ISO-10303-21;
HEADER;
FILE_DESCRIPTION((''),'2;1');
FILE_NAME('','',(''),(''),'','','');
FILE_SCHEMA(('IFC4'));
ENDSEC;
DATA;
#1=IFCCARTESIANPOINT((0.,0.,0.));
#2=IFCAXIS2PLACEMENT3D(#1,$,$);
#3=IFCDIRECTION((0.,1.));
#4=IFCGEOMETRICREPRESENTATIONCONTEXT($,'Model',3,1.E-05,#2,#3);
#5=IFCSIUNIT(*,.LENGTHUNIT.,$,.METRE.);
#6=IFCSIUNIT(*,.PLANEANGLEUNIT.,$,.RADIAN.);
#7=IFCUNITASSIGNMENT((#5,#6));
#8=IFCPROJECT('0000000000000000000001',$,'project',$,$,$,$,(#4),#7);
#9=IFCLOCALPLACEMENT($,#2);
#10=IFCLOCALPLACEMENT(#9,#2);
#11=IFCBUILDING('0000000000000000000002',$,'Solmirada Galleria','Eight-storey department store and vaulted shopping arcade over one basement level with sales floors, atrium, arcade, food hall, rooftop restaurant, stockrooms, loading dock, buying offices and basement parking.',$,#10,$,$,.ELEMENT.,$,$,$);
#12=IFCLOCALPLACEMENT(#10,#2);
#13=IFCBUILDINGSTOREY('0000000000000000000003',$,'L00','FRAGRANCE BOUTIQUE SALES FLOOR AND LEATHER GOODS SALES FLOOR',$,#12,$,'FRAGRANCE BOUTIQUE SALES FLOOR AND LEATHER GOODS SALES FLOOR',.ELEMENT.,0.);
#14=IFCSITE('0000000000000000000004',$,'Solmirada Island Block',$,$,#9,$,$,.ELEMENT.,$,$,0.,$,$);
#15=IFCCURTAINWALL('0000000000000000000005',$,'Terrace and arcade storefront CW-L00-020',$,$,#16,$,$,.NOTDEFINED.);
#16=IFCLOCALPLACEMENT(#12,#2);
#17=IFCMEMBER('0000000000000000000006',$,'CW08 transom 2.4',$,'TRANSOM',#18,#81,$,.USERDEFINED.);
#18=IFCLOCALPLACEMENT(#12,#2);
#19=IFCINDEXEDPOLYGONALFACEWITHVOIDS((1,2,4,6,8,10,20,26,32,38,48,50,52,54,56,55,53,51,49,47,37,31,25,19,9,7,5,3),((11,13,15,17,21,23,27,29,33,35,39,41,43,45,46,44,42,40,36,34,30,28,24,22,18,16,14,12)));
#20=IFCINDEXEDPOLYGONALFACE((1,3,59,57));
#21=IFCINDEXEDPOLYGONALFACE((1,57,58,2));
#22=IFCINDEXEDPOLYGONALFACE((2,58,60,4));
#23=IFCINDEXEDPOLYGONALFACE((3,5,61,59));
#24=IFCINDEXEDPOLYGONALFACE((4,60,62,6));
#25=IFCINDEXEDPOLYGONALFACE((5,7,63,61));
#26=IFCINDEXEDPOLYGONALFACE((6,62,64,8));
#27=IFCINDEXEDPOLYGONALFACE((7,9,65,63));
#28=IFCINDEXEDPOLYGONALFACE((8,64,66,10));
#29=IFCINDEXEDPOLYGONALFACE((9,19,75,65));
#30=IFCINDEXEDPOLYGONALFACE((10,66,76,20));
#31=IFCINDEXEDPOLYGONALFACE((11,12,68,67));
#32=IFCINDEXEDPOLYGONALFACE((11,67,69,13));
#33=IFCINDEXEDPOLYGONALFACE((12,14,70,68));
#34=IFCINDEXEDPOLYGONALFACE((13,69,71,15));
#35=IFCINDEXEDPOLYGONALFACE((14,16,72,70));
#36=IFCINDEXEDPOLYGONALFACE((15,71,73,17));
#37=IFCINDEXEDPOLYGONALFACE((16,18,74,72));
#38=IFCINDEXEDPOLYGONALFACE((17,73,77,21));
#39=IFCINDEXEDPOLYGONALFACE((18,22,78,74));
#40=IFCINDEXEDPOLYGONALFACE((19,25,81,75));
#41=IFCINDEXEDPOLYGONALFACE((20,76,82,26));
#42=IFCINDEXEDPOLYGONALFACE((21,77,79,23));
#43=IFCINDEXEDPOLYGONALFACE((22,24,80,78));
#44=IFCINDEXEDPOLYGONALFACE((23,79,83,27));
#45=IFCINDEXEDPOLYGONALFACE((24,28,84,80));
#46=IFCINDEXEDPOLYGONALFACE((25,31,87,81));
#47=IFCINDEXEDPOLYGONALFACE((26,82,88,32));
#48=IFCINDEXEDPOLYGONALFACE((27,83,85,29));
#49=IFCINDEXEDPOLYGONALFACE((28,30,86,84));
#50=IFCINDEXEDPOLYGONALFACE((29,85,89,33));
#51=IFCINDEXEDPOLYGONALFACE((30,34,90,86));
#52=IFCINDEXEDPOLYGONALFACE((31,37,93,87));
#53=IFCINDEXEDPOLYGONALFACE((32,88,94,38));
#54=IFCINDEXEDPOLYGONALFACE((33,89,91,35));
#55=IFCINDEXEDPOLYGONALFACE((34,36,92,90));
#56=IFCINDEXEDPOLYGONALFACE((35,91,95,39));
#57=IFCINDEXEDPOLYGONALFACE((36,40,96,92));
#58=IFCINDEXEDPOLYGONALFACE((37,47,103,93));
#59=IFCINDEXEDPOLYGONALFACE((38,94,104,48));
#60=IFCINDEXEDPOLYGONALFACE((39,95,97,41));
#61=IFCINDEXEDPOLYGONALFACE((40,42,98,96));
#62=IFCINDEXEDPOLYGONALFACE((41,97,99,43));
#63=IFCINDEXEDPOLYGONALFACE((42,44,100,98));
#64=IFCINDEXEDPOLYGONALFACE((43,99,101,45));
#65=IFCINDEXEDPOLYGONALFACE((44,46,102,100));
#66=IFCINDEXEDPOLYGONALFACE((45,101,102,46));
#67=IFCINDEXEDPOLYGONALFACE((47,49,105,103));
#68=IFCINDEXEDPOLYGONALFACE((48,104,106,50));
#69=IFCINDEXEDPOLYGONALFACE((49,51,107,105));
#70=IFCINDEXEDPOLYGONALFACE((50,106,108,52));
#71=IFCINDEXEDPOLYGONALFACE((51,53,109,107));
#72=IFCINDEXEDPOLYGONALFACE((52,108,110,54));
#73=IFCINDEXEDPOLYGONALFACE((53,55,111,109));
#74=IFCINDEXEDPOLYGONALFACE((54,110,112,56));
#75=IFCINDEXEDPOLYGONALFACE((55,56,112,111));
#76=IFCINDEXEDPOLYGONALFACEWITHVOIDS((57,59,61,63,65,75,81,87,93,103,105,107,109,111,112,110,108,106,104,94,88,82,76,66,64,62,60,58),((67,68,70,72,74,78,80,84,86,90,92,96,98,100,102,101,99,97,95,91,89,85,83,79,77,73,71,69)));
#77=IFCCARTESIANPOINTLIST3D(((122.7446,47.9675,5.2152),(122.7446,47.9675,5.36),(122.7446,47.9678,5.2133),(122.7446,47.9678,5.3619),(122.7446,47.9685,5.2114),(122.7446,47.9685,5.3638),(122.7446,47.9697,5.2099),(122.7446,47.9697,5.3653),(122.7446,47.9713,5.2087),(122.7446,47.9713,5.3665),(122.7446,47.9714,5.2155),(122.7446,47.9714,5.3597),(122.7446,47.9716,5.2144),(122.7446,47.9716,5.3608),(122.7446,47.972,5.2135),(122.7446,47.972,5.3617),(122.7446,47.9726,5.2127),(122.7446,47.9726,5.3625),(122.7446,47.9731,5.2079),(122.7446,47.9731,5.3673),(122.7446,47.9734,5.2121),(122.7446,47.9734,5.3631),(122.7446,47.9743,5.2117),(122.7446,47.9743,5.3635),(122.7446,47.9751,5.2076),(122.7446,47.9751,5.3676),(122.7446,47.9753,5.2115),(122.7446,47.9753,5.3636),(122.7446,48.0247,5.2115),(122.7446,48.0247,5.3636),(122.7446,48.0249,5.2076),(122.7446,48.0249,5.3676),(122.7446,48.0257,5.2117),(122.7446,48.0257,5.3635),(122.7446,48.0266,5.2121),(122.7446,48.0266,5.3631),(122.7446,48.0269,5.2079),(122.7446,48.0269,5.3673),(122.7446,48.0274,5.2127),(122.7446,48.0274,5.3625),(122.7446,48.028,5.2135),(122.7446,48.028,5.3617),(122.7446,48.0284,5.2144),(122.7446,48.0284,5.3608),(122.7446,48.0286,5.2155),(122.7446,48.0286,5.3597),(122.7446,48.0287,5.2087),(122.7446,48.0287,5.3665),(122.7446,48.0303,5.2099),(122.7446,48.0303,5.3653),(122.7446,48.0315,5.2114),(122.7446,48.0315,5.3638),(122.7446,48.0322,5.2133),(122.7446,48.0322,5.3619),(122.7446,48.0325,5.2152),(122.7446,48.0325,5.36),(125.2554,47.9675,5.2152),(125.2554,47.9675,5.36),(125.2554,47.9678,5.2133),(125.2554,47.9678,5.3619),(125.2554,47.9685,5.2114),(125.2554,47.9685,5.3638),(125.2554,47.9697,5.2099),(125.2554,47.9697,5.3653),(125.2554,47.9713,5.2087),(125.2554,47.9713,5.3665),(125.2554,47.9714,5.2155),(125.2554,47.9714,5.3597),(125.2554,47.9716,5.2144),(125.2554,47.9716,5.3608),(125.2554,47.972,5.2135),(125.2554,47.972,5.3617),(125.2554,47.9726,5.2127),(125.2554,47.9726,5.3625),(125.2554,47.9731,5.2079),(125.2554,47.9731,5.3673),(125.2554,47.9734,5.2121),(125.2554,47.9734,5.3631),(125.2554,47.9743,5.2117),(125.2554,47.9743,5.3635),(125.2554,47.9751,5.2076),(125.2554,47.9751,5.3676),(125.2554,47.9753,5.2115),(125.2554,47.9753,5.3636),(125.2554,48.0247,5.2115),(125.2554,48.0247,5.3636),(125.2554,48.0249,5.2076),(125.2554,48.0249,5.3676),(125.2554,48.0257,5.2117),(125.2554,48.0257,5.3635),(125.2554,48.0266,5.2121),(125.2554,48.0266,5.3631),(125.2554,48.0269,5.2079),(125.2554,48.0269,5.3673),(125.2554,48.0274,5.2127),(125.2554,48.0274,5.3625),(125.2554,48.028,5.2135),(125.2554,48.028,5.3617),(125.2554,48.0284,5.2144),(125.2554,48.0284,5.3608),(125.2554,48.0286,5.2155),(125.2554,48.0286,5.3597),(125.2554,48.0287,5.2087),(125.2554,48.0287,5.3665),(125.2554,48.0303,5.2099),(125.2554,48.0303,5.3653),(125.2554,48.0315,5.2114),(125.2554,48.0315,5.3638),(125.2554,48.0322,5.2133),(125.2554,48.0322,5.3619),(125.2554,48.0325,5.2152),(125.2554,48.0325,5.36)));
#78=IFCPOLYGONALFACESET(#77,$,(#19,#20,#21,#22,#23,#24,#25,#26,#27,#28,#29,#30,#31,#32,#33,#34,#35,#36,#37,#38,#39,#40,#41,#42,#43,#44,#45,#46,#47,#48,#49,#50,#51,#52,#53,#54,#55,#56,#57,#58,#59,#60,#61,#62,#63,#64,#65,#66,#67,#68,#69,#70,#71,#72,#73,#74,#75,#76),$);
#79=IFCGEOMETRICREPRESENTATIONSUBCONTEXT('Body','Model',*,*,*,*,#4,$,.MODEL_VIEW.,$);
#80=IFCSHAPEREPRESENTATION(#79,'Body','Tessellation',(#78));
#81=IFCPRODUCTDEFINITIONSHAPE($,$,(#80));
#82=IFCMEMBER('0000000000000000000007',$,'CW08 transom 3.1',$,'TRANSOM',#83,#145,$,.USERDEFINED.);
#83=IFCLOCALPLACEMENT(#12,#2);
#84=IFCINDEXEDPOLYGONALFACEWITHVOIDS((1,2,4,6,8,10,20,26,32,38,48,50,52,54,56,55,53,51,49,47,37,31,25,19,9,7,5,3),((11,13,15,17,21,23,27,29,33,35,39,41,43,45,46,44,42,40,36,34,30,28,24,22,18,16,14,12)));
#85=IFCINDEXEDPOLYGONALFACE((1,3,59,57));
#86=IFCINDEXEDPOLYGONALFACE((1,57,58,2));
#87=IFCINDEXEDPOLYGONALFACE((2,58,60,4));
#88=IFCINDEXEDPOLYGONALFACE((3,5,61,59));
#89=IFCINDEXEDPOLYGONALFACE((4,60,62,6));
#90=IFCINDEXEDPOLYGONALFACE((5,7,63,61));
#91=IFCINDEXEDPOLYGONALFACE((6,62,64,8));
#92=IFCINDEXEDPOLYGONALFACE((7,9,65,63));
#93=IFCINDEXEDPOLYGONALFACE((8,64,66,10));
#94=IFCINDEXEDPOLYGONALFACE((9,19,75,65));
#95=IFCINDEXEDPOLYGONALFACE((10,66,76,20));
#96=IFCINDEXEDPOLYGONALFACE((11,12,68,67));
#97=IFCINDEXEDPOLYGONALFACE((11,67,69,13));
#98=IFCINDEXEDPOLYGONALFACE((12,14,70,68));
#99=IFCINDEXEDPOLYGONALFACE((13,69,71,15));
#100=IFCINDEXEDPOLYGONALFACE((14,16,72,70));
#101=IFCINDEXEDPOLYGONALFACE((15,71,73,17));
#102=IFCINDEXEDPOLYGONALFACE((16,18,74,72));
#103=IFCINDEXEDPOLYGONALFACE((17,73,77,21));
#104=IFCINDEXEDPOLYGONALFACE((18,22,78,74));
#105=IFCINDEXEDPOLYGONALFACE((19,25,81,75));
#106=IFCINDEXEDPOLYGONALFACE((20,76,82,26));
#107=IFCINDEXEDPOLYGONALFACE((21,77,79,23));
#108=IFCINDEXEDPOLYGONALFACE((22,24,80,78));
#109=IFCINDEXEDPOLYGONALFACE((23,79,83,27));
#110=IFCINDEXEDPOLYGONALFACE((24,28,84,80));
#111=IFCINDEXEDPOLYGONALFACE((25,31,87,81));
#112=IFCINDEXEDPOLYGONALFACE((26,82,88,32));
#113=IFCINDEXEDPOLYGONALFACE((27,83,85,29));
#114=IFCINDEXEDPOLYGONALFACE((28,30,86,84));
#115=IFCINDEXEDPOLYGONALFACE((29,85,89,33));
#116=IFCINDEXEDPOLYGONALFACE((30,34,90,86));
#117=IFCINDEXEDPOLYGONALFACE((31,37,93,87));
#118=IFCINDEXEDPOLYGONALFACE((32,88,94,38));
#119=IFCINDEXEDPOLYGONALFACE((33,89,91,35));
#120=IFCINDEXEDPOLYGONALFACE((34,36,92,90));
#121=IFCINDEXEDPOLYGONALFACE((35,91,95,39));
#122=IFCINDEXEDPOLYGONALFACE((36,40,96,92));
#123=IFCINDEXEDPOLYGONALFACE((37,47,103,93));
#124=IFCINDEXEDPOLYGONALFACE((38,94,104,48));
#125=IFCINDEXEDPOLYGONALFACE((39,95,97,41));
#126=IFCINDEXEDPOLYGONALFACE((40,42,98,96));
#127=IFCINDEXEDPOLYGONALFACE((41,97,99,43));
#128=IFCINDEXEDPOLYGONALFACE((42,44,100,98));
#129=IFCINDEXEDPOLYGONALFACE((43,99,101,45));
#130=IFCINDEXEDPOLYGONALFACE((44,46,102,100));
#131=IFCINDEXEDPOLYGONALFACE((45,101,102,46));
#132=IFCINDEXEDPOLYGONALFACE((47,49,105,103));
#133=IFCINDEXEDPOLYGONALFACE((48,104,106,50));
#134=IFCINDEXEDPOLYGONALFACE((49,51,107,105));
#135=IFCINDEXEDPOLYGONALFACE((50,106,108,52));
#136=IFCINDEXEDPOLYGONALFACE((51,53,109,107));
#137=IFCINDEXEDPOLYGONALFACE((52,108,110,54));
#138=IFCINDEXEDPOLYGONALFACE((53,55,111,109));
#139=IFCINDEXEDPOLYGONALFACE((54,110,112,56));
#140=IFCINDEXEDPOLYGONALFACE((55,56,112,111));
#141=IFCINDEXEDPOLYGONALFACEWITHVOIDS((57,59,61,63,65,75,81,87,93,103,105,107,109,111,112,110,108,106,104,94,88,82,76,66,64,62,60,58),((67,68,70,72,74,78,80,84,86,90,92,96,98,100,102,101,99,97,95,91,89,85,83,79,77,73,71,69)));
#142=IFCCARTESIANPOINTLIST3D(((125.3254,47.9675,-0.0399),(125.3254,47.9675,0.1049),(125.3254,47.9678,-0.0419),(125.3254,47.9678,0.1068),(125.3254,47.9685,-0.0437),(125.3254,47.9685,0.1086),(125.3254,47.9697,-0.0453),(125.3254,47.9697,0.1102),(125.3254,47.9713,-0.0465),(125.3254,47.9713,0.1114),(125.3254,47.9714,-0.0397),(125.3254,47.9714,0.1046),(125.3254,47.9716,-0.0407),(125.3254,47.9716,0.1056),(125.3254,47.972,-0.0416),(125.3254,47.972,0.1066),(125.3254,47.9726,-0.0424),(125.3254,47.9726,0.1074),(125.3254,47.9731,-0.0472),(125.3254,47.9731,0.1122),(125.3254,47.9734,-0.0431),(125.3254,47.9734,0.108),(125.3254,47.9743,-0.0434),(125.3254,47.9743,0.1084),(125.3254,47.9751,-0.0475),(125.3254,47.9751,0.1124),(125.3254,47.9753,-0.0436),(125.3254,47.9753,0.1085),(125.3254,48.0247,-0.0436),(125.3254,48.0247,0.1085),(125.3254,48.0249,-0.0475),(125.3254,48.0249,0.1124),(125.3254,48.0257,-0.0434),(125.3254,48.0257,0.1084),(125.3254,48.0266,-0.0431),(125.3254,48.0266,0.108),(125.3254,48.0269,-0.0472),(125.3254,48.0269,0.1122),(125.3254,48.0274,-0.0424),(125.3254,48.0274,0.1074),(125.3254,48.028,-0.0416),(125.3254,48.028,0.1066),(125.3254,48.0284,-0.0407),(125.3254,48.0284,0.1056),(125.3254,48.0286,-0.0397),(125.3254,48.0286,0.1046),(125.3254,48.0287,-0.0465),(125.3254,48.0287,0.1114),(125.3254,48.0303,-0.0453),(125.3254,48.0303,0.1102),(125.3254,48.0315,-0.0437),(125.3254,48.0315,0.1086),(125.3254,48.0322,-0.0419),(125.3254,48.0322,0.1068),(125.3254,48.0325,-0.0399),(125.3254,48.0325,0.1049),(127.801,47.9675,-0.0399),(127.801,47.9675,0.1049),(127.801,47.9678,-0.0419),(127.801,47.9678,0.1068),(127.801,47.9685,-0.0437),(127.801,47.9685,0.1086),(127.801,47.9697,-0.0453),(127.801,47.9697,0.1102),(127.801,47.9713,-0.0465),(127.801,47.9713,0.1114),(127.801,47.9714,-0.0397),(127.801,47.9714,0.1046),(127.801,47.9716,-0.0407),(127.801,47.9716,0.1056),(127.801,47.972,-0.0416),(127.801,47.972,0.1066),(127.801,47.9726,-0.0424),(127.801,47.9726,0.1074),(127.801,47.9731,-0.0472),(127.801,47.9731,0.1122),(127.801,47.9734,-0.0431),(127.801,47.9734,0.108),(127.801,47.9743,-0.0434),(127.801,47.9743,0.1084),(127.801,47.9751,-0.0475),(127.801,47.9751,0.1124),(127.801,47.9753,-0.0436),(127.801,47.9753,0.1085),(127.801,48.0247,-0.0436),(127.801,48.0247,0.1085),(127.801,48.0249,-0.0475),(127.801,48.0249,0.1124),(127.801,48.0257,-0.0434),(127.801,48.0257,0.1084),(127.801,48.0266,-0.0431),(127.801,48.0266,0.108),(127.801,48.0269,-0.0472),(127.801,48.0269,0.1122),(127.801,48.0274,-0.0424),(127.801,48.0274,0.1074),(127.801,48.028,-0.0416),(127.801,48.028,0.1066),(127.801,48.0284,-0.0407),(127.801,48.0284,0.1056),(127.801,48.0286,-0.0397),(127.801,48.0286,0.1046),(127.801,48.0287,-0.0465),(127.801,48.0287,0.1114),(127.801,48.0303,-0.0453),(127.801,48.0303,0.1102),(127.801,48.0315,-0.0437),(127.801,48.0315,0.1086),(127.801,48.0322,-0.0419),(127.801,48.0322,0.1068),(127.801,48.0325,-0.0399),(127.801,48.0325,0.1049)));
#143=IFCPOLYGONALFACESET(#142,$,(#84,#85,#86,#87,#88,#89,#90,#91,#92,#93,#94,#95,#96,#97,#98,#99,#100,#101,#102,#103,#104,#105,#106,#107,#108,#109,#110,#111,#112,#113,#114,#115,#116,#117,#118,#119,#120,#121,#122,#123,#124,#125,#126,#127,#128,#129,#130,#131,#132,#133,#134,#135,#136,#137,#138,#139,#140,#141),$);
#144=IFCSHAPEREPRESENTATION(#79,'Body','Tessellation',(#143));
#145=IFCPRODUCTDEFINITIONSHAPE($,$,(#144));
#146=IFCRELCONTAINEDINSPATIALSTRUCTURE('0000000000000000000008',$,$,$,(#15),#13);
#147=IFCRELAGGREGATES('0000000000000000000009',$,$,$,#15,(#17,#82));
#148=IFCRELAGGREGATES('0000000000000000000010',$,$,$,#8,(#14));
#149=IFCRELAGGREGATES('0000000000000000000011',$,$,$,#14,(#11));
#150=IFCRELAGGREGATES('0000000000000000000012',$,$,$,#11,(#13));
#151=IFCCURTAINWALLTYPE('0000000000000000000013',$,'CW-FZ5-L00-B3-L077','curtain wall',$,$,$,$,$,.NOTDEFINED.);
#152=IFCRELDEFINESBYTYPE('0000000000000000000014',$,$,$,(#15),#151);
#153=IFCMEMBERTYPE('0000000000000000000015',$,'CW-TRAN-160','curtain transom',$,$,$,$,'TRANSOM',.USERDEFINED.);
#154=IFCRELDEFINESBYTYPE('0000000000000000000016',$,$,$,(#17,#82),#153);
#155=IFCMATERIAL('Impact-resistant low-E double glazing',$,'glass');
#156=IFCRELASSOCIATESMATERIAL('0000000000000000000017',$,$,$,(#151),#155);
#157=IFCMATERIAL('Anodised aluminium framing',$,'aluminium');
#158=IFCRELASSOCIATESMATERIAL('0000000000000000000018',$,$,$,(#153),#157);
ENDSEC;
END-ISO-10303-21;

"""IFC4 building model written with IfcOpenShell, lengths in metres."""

from ifc_helpers import new_model, si_unit, direction, frame, origin, origin_2d, place, context, subcontext, project, spatial, hollow_rectangle, extrude, material, material_profile, profile_set, type_object, element, aggregate, save


model = new_model("IFC4")

# Units and contexts
model_context = context("Model", 3, precision=1e-05, world=origin(), true_north=direction((0.0, 1.0)))
body_context = subcontext(model_context, "Body", "Model", "MODEL_VIEW")
ifc_project = project(units=[si_unit("LENGTHUNIT", "METRE"), si_unit("PLANEANGLEUNIT", "RADIAN")], contexts=[model_context])

# Site, building, storey
site_placement = place(None, origin())
site = spatial("IfcSite", under=ifc_project, at=site_placement, Name="Solmirada Island Block", CompositionType="ELEMENT", RefElevation=0.0)
building_placement = place(site_placement, origin())
building = spatial("IfcBuilding", under=site, at=building_placement, Name="Solmirada Galleria", Description="Eight-storey department store and vaulted shopping arcade over one basement level with sales floors, atrium, arcade, food hall, rooftop restaurant, stockrooms, loading dock, buying offices and basement parking.", CompositionType="ELEMENT")
storey_placement = place(building_placement, origin())
storey = spatial("IfcBuildingStorey", under=building, at=storey_placement, Name="L00", Description="FRAGRANCE BOUTIQUE SALES FLOOR AND LEATHER GOODS SALES FLOOR", LongName="FRAGRANCE BOUTIQUE SALES FLOOR AND LEATHER GOODS SALES FLOOR", CompositionType="ELEMENT", Elevation=0.0)

# Curtain wall
ifc_material_1 = material(Name="Impact-resistant low-E double glazing", Category="glass")
curtain_wall_type = type_object("IfcCurtainWallType", Name="CW-FZ5-L00-B3-L077", Description="curtain wall", PredefinedType="NOTDEFINED", material=ifc_material_1)
curtain_wall_1_placement = place(storey_placement, origin())
curtain_wall_1 = element("IfcCurtainWall", 1, at=curtain_wall_1_placement, inside=storey, type_object=curtain_wall_type, Name="Terrace and arcade storefront CW-L00-020", PredefinedType="NOTDEFINED")
ifc_material_2 = material(Name="Anodised aluminium framing", Category="aluminium")

# Members
ifc_material_profile_1 = material_profile(ifc_material_2, hollow_rectangle(XDim=0.0649, YDim=0.1599, WallThickness=0.0039, InnerFilletRadius=0.0039, OuterFilletRadius=0.0076, at=origin_2d()), Name="ALU-TRAN-160X65")
ifc_profile_set_1 = profile_set([ifc_material_profile_1], Name="Anodised aluminium framing")
member_type_1 = type_object("IfcMemberType", Name="CW-TRAN-160", Description="curtain transom", ElementType="TRANSOM", PredefinedType="USERDEFINED", material=ifc_profile_set_1)
member_1_placement = place(storey_placement, frame((122.7446, 48.0, 5.2876), z_axis=(1.0, 0.0, 0.0), x_axis=(0.0, 1.0, 0.0)))
member_1 = element("IfcMember", 2, at=member_1_placement, type_object=member_type_1, Name="CW08 transom 2.4", ObjectType="TRANSOM", PredefinedType="USERDEFINED", context=body_context, shape_type="SweptSolid", body=[
    extrude(hollow_rectangle(XDim=0.0649, YDim=0.1599, WallThickness=0.0039, InnerFilletRadius=0.0039, OuterFilletRadius=0.0076, at=origin_2d()), origin(), (0.0, 0.0, 1.0), 2.5107),
])
member_2_placement = place(storey_placement, frame((125.3254, 48.0, 0.0325), z_axis=(1.0, 0.0, 0.0), x_axis=(0.0, 1.0, 0.0)))
member_2 = element("IfcMember", 3, at=member_2_placement, type_object=member_type_1, Name="CW08 transom 3.1", ObjectType="TRANSOM", PredefinedType="USERDEFINED", context=body_context, shape_type="SweptSolid", body=[
    extrude(hollow_rectangle(XDim=0.0649, YDim=0.1599, WallThickness=0.0039, InnerFilletRadius=0.0039, OuterFilletRadius=0.0076, at=origin_2d()), origin(), (0.0, 0.0, 1.0), 2.4756),
])

aggregate(curtain_wall_1, [member_1, member_2])

save(model, "model.ifc")
